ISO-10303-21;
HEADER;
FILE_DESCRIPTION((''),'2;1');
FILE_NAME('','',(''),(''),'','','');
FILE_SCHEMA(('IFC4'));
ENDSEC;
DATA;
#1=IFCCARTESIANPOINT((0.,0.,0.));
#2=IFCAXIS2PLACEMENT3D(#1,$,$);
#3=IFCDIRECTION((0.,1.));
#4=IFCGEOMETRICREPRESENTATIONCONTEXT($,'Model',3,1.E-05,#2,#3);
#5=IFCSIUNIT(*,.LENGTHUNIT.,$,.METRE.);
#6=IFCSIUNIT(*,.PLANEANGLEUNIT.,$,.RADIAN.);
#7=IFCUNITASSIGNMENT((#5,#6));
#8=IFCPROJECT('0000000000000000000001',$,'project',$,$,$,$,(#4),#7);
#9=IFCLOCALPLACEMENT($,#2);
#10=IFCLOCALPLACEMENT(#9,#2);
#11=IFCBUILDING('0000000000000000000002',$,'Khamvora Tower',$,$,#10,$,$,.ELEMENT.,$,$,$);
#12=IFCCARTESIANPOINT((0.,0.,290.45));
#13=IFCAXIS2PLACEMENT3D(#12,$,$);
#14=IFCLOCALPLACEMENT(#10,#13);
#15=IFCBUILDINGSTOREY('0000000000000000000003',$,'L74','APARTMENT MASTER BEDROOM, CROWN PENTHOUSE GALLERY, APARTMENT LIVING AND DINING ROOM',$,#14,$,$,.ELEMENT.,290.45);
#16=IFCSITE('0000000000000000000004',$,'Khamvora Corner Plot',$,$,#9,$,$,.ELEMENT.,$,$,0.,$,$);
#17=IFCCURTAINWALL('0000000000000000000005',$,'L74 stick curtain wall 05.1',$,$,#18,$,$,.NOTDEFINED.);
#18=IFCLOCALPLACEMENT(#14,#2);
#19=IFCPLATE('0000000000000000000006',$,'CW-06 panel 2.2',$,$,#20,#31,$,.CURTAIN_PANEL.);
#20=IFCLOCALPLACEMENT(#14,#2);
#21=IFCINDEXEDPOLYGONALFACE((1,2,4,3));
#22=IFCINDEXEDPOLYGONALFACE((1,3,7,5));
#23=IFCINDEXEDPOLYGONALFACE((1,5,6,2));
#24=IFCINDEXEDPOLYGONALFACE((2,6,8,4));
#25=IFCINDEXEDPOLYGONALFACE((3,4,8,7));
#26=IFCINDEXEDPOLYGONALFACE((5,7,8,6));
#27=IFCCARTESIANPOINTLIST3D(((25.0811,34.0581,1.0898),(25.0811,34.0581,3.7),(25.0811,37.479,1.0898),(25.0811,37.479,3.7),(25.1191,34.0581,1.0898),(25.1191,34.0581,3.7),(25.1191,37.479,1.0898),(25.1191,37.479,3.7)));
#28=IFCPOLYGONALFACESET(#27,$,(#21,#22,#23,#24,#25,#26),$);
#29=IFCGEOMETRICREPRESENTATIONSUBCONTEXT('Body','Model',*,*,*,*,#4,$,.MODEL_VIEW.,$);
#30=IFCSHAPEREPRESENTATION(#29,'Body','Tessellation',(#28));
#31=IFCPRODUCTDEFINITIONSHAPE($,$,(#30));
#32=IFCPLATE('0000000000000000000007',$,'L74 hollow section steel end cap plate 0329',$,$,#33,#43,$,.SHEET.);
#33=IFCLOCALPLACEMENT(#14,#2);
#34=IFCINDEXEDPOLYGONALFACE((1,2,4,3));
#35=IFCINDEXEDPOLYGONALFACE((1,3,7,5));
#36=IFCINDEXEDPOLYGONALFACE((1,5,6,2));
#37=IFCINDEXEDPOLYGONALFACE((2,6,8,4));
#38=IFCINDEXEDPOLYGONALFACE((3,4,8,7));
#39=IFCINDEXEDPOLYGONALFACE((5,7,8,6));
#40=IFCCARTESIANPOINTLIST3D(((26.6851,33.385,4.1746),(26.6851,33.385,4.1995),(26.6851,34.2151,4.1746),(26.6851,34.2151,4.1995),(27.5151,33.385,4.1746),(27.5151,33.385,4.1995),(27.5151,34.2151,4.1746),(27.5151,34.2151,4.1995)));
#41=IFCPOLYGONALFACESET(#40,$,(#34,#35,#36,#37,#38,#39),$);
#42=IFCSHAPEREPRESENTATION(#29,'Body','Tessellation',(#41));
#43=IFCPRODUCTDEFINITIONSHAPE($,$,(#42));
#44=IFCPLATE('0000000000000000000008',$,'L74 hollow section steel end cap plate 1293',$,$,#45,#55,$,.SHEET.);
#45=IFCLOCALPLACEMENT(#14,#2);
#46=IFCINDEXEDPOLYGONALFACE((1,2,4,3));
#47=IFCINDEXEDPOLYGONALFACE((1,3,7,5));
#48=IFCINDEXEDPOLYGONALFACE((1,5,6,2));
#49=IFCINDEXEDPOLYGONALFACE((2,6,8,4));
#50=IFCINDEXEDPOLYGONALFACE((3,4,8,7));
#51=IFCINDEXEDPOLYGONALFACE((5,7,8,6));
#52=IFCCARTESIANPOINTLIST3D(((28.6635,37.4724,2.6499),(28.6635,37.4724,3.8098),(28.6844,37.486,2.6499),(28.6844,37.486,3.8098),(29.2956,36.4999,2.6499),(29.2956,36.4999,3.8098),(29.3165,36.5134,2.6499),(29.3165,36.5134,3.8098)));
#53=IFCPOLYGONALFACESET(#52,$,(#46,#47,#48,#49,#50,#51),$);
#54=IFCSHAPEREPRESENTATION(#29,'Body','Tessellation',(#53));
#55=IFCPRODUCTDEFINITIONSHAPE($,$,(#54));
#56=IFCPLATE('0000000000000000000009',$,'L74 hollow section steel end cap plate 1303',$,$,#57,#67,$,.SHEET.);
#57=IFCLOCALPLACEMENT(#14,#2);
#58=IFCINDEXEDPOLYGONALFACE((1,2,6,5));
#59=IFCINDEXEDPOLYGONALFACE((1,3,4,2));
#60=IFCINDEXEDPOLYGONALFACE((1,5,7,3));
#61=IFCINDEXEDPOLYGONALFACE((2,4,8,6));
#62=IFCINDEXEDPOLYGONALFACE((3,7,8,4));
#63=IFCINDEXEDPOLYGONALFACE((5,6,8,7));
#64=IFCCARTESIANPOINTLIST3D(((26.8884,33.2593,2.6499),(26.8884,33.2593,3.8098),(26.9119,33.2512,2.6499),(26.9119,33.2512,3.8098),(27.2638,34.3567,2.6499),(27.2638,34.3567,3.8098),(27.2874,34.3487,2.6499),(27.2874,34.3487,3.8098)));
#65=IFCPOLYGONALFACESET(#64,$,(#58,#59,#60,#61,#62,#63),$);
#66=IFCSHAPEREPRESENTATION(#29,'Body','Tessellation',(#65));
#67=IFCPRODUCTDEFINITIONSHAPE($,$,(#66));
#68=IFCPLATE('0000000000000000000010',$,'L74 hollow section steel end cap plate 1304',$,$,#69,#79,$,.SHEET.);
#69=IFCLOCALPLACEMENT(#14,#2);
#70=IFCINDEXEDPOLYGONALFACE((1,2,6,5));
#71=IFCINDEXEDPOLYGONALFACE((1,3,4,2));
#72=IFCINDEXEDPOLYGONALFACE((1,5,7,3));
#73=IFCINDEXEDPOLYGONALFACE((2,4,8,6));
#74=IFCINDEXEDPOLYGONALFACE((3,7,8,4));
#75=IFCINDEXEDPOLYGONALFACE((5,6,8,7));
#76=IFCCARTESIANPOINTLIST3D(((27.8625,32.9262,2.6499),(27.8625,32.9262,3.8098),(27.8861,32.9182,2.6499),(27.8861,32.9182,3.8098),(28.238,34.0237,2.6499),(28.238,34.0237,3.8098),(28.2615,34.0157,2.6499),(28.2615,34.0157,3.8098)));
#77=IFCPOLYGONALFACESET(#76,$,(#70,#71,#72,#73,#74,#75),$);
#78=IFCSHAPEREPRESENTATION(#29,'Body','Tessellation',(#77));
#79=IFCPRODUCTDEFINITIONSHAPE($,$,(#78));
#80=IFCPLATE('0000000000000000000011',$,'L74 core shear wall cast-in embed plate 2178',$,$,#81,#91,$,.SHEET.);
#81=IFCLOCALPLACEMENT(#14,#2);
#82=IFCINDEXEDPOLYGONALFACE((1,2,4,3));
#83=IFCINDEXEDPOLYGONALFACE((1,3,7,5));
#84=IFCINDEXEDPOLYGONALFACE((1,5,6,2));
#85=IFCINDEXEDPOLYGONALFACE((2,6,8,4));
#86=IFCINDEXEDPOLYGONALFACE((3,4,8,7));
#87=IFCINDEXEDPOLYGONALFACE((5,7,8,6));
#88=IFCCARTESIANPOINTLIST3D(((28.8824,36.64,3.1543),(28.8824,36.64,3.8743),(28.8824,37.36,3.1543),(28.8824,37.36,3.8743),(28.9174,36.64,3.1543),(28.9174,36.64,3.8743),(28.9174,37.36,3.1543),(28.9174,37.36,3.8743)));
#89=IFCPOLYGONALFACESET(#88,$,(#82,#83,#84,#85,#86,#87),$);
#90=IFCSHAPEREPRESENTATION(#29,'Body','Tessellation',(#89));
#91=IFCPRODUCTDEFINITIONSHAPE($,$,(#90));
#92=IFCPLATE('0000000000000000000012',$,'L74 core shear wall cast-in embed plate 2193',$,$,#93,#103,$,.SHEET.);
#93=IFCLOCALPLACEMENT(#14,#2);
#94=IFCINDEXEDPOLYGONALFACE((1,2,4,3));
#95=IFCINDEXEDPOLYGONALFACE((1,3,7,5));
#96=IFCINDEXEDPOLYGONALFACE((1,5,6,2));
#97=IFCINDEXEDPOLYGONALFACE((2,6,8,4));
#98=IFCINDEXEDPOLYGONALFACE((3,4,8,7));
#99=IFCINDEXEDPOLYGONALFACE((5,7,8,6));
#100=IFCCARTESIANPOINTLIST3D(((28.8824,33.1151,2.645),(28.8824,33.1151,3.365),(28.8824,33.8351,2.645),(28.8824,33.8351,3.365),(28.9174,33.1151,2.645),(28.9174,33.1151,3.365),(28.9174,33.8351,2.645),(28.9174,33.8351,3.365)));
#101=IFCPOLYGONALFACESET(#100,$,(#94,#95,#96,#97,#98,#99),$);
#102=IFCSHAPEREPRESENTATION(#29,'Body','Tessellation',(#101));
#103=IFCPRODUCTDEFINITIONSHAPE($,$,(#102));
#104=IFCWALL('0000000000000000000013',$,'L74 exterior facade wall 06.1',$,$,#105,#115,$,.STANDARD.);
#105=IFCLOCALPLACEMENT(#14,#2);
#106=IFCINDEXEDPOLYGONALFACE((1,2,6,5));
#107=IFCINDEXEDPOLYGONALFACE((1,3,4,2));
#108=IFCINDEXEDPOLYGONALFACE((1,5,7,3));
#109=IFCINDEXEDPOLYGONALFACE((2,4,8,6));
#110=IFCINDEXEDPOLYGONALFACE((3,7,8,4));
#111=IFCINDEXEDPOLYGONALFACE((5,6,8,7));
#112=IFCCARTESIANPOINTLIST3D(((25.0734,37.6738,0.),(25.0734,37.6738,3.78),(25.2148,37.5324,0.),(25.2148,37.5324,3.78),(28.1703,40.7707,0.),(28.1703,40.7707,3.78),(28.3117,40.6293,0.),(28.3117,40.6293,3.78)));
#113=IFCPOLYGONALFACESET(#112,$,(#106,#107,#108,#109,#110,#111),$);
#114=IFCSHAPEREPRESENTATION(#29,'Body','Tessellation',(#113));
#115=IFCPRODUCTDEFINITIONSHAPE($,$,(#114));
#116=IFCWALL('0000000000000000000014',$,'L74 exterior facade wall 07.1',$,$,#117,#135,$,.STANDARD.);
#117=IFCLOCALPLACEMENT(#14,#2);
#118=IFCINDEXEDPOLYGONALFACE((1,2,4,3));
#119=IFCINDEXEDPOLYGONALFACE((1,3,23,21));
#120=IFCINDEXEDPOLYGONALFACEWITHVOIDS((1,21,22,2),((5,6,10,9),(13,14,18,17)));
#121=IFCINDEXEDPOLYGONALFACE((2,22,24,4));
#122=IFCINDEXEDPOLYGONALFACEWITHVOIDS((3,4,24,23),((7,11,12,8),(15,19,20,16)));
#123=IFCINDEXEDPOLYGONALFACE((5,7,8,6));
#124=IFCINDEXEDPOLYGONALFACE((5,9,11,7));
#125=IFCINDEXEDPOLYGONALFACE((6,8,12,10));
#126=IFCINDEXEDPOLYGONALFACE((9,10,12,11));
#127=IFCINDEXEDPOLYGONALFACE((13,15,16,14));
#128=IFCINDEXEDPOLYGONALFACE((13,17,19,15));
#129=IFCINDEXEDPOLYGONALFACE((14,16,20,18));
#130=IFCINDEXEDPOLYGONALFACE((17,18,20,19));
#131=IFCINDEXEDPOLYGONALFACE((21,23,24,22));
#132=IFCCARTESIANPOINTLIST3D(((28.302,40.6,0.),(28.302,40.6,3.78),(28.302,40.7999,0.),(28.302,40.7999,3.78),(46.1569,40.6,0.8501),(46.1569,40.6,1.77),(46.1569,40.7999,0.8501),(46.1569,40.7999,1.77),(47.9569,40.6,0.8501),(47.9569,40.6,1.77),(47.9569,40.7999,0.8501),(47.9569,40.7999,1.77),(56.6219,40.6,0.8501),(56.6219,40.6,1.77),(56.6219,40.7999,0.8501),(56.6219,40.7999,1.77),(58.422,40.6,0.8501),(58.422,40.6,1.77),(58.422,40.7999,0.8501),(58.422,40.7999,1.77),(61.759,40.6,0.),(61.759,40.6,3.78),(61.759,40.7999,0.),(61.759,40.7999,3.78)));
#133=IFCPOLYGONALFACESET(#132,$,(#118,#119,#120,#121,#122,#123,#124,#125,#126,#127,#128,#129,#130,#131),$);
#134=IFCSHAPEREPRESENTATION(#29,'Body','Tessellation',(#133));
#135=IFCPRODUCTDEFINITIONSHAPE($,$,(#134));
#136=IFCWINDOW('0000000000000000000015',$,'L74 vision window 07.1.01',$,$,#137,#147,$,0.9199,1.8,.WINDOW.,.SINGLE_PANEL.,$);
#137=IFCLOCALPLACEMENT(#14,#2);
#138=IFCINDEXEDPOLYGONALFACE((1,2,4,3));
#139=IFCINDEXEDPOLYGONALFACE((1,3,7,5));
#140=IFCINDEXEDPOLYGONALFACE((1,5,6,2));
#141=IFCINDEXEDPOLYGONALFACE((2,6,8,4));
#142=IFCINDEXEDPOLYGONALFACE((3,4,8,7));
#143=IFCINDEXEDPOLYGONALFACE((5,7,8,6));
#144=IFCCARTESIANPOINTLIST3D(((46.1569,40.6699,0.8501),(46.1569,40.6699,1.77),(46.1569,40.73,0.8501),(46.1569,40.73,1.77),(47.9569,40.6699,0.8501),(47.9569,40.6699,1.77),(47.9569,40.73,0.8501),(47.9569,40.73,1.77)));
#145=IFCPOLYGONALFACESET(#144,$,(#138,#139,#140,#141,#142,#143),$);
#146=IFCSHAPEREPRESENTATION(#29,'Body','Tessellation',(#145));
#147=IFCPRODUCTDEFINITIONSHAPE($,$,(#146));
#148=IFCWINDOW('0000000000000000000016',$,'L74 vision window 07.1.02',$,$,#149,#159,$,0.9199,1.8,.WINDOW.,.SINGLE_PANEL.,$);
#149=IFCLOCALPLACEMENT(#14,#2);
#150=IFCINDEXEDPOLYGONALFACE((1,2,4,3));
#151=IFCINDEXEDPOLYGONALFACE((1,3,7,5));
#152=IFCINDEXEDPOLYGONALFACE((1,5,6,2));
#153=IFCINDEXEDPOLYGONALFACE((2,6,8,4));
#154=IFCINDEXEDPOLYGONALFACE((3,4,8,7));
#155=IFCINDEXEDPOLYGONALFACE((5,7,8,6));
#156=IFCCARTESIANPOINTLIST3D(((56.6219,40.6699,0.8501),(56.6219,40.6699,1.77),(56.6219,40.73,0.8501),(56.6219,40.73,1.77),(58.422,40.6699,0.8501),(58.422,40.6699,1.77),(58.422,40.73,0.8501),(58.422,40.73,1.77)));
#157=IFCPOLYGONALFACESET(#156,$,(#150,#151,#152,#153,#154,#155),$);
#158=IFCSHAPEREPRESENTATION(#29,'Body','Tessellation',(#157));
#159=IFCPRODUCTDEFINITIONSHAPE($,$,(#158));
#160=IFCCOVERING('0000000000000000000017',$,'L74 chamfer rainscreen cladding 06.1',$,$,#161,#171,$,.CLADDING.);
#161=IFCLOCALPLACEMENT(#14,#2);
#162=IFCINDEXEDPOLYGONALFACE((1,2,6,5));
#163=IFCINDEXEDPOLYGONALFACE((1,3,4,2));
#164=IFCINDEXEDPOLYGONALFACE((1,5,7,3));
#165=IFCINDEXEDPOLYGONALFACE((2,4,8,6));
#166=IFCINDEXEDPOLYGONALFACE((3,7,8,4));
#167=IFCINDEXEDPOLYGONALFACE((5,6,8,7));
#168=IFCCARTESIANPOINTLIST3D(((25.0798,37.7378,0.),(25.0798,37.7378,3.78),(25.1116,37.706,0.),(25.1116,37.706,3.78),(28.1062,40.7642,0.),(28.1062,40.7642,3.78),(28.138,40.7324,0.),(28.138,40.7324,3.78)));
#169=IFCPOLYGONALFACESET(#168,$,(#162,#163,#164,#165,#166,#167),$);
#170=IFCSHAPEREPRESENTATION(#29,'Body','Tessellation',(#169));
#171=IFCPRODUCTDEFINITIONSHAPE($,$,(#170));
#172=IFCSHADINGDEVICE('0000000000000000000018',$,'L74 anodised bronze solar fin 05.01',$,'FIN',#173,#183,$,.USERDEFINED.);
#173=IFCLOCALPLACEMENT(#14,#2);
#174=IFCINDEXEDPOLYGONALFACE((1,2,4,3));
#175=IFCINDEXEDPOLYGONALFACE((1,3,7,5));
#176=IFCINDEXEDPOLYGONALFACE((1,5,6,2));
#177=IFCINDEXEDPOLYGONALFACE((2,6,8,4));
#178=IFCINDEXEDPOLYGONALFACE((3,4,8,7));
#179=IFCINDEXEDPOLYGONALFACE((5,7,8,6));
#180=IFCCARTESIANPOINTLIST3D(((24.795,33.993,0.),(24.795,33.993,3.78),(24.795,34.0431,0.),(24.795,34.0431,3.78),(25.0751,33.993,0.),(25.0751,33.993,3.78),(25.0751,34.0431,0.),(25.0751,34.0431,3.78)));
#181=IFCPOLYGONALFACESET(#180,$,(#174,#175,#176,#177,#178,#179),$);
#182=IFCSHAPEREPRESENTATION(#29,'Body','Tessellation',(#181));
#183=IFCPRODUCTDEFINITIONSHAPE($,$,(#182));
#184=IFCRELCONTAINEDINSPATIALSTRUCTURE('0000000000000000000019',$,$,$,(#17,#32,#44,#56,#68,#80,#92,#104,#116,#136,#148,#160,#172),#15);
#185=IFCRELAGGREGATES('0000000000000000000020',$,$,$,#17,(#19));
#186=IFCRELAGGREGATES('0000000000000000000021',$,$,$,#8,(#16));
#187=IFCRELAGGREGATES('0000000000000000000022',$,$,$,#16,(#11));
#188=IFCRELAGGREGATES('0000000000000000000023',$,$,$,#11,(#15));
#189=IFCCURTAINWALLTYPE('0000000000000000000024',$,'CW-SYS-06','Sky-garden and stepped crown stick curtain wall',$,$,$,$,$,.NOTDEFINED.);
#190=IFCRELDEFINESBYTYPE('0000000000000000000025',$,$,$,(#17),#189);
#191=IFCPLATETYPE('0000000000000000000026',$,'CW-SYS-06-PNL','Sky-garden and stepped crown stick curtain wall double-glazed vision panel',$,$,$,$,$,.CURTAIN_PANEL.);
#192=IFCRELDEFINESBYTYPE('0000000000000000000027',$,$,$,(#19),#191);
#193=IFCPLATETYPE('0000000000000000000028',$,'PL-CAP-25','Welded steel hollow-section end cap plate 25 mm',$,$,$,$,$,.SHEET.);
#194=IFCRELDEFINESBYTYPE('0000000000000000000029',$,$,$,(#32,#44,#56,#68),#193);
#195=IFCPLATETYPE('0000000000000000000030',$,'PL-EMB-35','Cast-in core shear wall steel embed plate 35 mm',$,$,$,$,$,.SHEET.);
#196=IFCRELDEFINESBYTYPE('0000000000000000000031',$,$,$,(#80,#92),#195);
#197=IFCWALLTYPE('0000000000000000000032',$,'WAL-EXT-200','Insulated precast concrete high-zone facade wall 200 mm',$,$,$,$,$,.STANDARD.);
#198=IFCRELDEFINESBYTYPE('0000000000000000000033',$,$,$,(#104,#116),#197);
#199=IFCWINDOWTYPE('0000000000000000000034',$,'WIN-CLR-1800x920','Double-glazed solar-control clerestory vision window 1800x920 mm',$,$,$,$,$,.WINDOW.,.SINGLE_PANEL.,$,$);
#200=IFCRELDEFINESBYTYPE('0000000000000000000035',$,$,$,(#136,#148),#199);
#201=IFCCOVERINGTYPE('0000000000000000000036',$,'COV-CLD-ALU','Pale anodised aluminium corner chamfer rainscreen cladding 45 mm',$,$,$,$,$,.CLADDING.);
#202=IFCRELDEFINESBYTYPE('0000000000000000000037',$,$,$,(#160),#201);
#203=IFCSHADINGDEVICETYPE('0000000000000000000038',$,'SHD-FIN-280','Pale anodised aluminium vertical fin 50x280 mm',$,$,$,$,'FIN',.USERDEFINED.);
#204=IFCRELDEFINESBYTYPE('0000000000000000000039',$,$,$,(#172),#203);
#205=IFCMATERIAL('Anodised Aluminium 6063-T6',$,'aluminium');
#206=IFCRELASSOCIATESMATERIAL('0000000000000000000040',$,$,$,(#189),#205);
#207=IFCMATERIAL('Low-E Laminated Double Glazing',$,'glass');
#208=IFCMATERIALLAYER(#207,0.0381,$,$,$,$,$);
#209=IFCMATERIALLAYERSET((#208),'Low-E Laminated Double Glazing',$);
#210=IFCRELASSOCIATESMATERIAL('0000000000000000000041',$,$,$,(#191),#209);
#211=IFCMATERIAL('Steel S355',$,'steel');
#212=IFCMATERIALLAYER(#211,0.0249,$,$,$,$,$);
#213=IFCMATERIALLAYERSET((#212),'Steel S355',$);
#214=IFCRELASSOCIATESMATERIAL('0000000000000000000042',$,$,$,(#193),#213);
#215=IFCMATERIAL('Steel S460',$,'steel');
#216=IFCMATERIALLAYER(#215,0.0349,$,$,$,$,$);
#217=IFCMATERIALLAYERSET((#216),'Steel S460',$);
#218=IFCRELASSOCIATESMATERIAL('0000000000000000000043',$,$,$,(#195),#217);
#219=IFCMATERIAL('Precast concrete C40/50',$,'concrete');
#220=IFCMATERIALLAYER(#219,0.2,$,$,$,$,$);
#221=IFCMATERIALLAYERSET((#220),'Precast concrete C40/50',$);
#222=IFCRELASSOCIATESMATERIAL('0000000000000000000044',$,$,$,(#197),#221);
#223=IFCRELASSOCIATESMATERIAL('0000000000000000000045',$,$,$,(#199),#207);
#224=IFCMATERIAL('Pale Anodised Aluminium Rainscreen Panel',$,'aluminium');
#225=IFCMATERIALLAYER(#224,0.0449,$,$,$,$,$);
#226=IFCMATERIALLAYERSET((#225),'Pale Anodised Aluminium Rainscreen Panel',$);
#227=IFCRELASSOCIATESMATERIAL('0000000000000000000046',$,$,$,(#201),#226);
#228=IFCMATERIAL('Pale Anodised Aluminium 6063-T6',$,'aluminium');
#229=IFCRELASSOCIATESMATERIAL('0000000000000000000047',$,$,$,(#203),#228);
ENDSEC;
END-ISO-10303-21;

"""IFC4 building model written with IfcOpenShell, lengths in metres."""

from ifc_helpers import new_model, si_unit, direction, frame, frame_2d, origin, origin_2d, place, context, subcontext, project, spatial, rectangle, extrude, material, layer, layer_set, type_object, element, fill, aggregate, save


model = new_model("IFC4")

# Units and contexts
model_context = context("Model", 3, precision=1e-05, world=origin(), true_north=direction((0.0, 1.0)))
body_context = subcontext(model_context, "Body", "Model", "MODEL_VIEW")
ifc_project = project(units=[si_unit("LENGTHUNIT", "METRE"), si_unit("PLANEANGLEUNIT", "RADIAN")], contexts=[model_context])

# Site, building, storey
site_placement = place(None, origin())
site = spatial("IfcSite", under=ifc_project, at=site_placement, Name="Khamvora Corner Plot", CompositionType="ELEMENT", RefElevation=0.0)
building_placement = place(site_placement, origin())
building = spatial("IfcBuilding", under=site, at=building_placement, Name="Khamvora Tower", CompositionType="ELEMENT")
storey_placement = place(building_placement, frame((0.0, 0.0, 290.45)))
storey = spatial("IfcBuildingStorey", under=building, at=storey_placement, Name="L74", Description="APARTMENT MASTER BEDROOM, CROWN PENTHOUSE GALLERY, APARTMENT LIVING AND DINING ROOM", CompositionType="ELEMENT", Elevation=290.45)

# Shared definitions
ifc_material_1 = material(Name="Steel S355", Category="steel")

# Shared definitions
ifc_material_2 = material(Name="Steel S460", Category="steel")

# Curtain wall, plate
ifc_material_3 = material(Name="Anodised Aluminium 6063-T6", Category="aluminium")
curtain_wall_type = type_object("IfcCurtainWallType", Name="CW-SYS-06", Description="Sky-garden and stepped crown stick curtain wall", PredefinedType="NOTDEFINED", material=ifc_material_3)
curtain_wall_placement = place(storey_placement, origin())
curtain_wall = element("IfcCurtainWall", 1, at=curtain_wall_placement, inside=storey, type_object=curtain_wall_type, Name="L74 stick curtain wall 05.1", PredefinedType="NOTDEFINED")
ifc_material_4 = material(Name="Low-E Laminated Double Glazing", Category="glass")
ifc_layer_1 = layer(ifc_material_4, 0.0381)
ifc_layer_set_1 = layer_set([ifc_layer_1], Name="Low-E Laminated Double Glazing")
plate_type_1 = type_object("IfcPlateType", Name="CW-SYS-06-PNL", Description="Sky-garden and stepped crown stick curtain wall double-glazed vision panel", PredefinedType="CURTAIN_PANEL", material=ifc_layer_set_1)
plate_1_placement = place(storey_placement, frame((25.1001, 35.7686, 1.0898), z_axis=(0.0, 0.0, 1.0), x_axis=(0.0, 1.0, 0.0)))
plate_1 = element("IfcPlate", 2, at=plate_1_placement, type_object=plate_type_1, Name="CW-06 panel 2.2", PredefinedType="CURTAIN_PANEL", context=body_context, shape_type="SweptSolid", body=[
    extrude(rectangle(XDim=3.4209, YDim=0.0381, at=origin_2d()), origin(), (0.0, 0.0, 1.0), 2.6101),
])
aggregate(curtain_wall, [plate_1])

# Plates
ifc_layer_2 = layer(ifc_material_1, 0.0249)
ifc_layer_set_2 = layer_set([ifc_layer_2], Name="Steel S355")
plate_type_2 = type_object("IfcPlateType", Name="PL-CAP-25", Description="Welded steel hollow-section end cap plate 25 mm", PredefinedType="SHEET", material=ifc_layer_set_2)
plate_2_placement = place(storey_placement, frame((27.1001, 33.8, 4.1746), z_axis=(0.0, 0.0, 1.0), x_axis=(1.0, 0.0, 0.0)))
element("IfcPlate", 3, at=plate_2_placement, inside=storey, type_object=plate_type_2, Name="L74 hollow section steel end cap plate 0329", PredefinedType="SHEET", context=body_context, shape_type="SweptSolid", body=[
    extrude(rectangle(XDim=0.8301, YDim=0.8301, at=origin_2d()), origin(), (0.0, 0.0, 1.0), 0.0249),
])
for number, where, z_axis, x_axis, name in (
    (4, (28.99, 36.9929, 2.6499), (0.0, 0.0, 1.0), (0.838442, 0.54499, 0.0), "L74 hollow section steel end cap plate 1293"),
    (5, (27.0879, 33.804, 2.6499), (0.0, 0.0, 1.0), (0.946164, -0.323686, 0.0), "L74 hollow section steel end cap plate 1303"),
    (6, (28.062, 33.4709, 2.6499), (0.0, 0.0, 1.0), (0.946164, -0.323686, 0.0), "L74 hollow section steel end cap plate 1304"),
):
    element("IfcPlate", number, at=place(storey_placement, frame(where, z_axis=z_axis, x_axis=x_axis)), inside=storey, type_object=plate_type_2, Name=name, PredefinedType="SHEET", context=body_context, shape_type="SweptSolid", body=[
        extrude(rectangle(XDim=0.0249, YDim=1.1599, at=origin_2d()), origin(), (0.0, 0.0, 1.0), 1.1599),
    ])
ifc_layer_3 = layer(ifc_material_2, 0.0349)
ifc_layer_set_3 = layer_set([ifc_layer_3], Name="Steel S460")
plate_type_3 = type_object("IfcPlateType", Name="PL-EMB-35", Description="Cast-in core shear wall steel embed plate 35 mm", PredefinedType="SHEET", material=ifc_layer_set_3)
for number, where, z_axis, x_axis, name in (
    (7, (28.8999, 37.0, 3.1543), (0.0, 0.0, 1.0), (1.0, 0.0, 0.0), "L74 core shear wall cast-in embed plate 2178"),
    (8, (28.8999, 33.4751, 2.645), (0.0, 0.0, 1.0), (1.0, 0.0, 0.0), "L74 core shear wall cast-in embed plate 2193"),
):
    element("IfcPlate", number, at=place(storey_placement, frame(where, z_axis=z_axis, x_axis=x_axis)), inside=storey, type_object=plate_type_3, Name=name, PredefinedType="SHEET", context=body_context, shape_type="SweptSolid", body=[
        extrude(rectangle(XDim=0.0349, YDim=0.72, at=origin_2d()), origin(), (0.0, 0.0, 1.0), 0.72),
    ])

# Wall
ifc_material_5 = material(Name="Precast concrete C40/50", Category="concrete")
ifc_layer_4 = layer(ifc_material_5, 0.2)
ifc_layer_set_4 = layer_set([ifc_layer_4], Name="Precast concrete C40/50")
wall_type = type_object("IfcWallType", Name="WAL-EXT-200", Description="Insulated precast concrete high-zone facade wall 200 mm", PredefinedType="STANDARD", material=ifc_layer_set_4)
wall_1_placement = place(storey_placement, frame((25.144, 37.603, 0.0), z_axis=(0.0, 0.0, 1.0), x_axis=(0.707107, 0.707107, 0.0)))
element("IfcWall", 9, at=wall_1_placement, inside=storey, type_object=wall_type, Name="L74 exterior facade wall 06.1", PredefinedType="STANDARD", context=body_context, shape_type="SweptSolid", body=[
    extrude(rectangle(XDim=4.3796, YDim=0.2, at=frame_2d((2.1899, 0.0))), origin(), (0.0, 0.0, 1.0), 3.78),
])

# Wall, openings, windows
wall_2_placement = place(storey_placement, frame((28.302, 40.7, 0.0), z_axis=(0.0, 0.0, 1.0), x_axis=(1.0, 0.0, 0.0)))
wall_2 = element("IfcWall", 10, at=wall_2_placement, inside=storey, type_object=wall_type, Name="L74 exterior facade wall 07.1", PredefinedType="STANDARD", context=body_context, shape_type="SweptSolid", body=[
    extrude(rectangle(XDim=33.457, YDim=0.2, at=frame_2d((16.7285, 0.0))), origin(), (0.0, 0.0, 1.0), 3.78),
])
opening_1_placement = place(wall_2_placement, frame((17.855, 0.0, 0.8501)))
opening_1 = element("IfcOpeningElement", 11, at=opening_1_placement, cuts=wall_2, PredefinedType="OPENING", context=body_context, shape_type="SweptSolid", body=[
    extrude(rectangle(XDim=1.8, YDim=0.9199, at=frame_2d((0.8999, 0.46))), frame((0.0, 0.1099, 0.0), z_axis=(0.0, -1.0, 0.0), x_axis=(1.0, 0.0, 0.0)), (0.0, 0.0, 1.0), 0.22),
])
opening_2_placement = place(wall_2_placement, frame((28.3201, 0.0, 0.8501)))
opening_2 = element("IfcOpeningElement", 12, at=opening_2_placement, cuts=wall_2, PredefinedType="OPENING", context=body_context, shape_type="SweptSolid", body=[
    extrude(rectangle(XDim=1.8, YDim=0.9199, at=frame_2d((0.8999, 0.46))), frame((0.0, 0.1099, 0.0), z_axis=(0.0, -1.0, 0.0), x_axis=(1.0, 0.0, 0.0)), (0.0, 0.0, 1.0), 0.22),
])
window_type = type_object("IfcWindowType", Name="WIN-CLR-1800x920", Description="Double-glazed solar-control clerestory vision window 1800x920 mm", PartitioningType="SINGLE_PANEL", PredefinedType="WINDOW", material=ifc_material_4)
window_1_placement = place(opening_1_placement, origin())
window_1 = element("IfcWindow", 13, at=window_1_placement, inside=storey, type_object=window_type, Name="L74 vision window 07.1.01", OverallHeight=0.9199, OverallWidth=1.8, PartitioningType="SINGLE_PANEL", PredefinedType="WINDOW", context=body_context, shape_type="SweptSolid", body=[
    extrude(rectangle(XDim=1.8, YDim=0.9199, at=frame_2d((0.8999, 0.46))), frame((0.0, 0.03, 0.0), z_axis=(0.0, -1.0, 0.0), x_axis=(1.0, 0.0, 0.0)), (0.0, 0.0, 1.0), 0.0601),
])
fill(opening_1, window_1)
window_2_placement = place(opening_2_placement, origin())
window_2 = element("IfcWindow", 14, at=window_2_placement, inside=storey, type_object=window_type, Name="L74 vision window 07.1.02", OverallHeight=0.9199, OverallWidth=1.8, PartitioningType="SINGLE_PANEL", PredefinedType="WINDOW", context=body_context, shape_type="SweptSolid", body=[
    extrude(rectangle(XDim=1.8, YDim=0.9199, at=frame_2d((0.8999, 0.46))), frame((0.0, 0.03, 0.0), z_axis=(0.0, -1.0, 0.0), x_axis=(1.0, 0.0, 0.0)), (0.0, 0.0, 1.0), 0.0601),
])
fill(opening_2, window_2)

# Covering
ifc_material_6 = material(Name="Pale Anodised Aluminium Rainscreen Panel", Category="aluminium")
ifc_layer_5 = layer(ifc_material_6, 0.0449)
ifc_layer_set_5 = layer_set([ifc_layer_5], Name="Pale Anodised Aluminium Rainscreen Panel")
covering_type = type_object("IfcCoveringType", Name="COV-CLD-ALU", Description="Pale anodised aluminium corner chamfer rainscreen cladding 45 mm", PredefinedType="CLADDING", material=ifc_layer_set_5)
covering_placement = place(storey_placement, frame((26.6089, 39.2351, 0.0), z_axis=(0.0, 0.0, 1.0), x_axis=(0.707107, 0.707107, 0.0)))
element("IfcCovering", 15, at=covering_placement, inside=storey, type_object=covering_type, Name="L74 chamfer rainscreen cladding 06.1", PredefinedType="CLADDING", context=body_context, shape_type="SweptSolid", body=[
    extrude(rectangle(XDim=4.28, YDim=0.0449, at=origin_2d()), origin(), (0.0, 0.0, 1.0), 3.78),
])

# Shading device
ifc_material_7 = material(Name="Pale Anodised Aluminium 6063-T6", Category="aluminium")
shading_device_type = type_object("IfcShadingDeviceType", Name="SHD-FIN-280", Description="Pale anodised aluminium vertical fin 50x280 mm", ElementType="FIN", PredefinedType="USERDEFINED", material=ifc_material_7)
shading_device_placement = place(storey_placement, frame((24.9351, 34.0181, 0.0), z_axis=(0.0, 0.0, 1.0), x_axis=(0.0, 1.0, 0.0)))
element("IfcShadingDevice", 16, at=shading_device_placement, inside=storey, type_object=shading_device_type, Name="L74 anodised bronze solar fin 05.01", ObjectType="FIN", PredefinedType="USERDEFINED", context=body_context, shape_type="SweptSolid", body=[
    extrude(rectangle(XDim=0.05, YDim=0.28, at=origin_2d()), origin(), (0.0, 0.0, 1.0), 3.78),
])

save(model, "model.ifc")
